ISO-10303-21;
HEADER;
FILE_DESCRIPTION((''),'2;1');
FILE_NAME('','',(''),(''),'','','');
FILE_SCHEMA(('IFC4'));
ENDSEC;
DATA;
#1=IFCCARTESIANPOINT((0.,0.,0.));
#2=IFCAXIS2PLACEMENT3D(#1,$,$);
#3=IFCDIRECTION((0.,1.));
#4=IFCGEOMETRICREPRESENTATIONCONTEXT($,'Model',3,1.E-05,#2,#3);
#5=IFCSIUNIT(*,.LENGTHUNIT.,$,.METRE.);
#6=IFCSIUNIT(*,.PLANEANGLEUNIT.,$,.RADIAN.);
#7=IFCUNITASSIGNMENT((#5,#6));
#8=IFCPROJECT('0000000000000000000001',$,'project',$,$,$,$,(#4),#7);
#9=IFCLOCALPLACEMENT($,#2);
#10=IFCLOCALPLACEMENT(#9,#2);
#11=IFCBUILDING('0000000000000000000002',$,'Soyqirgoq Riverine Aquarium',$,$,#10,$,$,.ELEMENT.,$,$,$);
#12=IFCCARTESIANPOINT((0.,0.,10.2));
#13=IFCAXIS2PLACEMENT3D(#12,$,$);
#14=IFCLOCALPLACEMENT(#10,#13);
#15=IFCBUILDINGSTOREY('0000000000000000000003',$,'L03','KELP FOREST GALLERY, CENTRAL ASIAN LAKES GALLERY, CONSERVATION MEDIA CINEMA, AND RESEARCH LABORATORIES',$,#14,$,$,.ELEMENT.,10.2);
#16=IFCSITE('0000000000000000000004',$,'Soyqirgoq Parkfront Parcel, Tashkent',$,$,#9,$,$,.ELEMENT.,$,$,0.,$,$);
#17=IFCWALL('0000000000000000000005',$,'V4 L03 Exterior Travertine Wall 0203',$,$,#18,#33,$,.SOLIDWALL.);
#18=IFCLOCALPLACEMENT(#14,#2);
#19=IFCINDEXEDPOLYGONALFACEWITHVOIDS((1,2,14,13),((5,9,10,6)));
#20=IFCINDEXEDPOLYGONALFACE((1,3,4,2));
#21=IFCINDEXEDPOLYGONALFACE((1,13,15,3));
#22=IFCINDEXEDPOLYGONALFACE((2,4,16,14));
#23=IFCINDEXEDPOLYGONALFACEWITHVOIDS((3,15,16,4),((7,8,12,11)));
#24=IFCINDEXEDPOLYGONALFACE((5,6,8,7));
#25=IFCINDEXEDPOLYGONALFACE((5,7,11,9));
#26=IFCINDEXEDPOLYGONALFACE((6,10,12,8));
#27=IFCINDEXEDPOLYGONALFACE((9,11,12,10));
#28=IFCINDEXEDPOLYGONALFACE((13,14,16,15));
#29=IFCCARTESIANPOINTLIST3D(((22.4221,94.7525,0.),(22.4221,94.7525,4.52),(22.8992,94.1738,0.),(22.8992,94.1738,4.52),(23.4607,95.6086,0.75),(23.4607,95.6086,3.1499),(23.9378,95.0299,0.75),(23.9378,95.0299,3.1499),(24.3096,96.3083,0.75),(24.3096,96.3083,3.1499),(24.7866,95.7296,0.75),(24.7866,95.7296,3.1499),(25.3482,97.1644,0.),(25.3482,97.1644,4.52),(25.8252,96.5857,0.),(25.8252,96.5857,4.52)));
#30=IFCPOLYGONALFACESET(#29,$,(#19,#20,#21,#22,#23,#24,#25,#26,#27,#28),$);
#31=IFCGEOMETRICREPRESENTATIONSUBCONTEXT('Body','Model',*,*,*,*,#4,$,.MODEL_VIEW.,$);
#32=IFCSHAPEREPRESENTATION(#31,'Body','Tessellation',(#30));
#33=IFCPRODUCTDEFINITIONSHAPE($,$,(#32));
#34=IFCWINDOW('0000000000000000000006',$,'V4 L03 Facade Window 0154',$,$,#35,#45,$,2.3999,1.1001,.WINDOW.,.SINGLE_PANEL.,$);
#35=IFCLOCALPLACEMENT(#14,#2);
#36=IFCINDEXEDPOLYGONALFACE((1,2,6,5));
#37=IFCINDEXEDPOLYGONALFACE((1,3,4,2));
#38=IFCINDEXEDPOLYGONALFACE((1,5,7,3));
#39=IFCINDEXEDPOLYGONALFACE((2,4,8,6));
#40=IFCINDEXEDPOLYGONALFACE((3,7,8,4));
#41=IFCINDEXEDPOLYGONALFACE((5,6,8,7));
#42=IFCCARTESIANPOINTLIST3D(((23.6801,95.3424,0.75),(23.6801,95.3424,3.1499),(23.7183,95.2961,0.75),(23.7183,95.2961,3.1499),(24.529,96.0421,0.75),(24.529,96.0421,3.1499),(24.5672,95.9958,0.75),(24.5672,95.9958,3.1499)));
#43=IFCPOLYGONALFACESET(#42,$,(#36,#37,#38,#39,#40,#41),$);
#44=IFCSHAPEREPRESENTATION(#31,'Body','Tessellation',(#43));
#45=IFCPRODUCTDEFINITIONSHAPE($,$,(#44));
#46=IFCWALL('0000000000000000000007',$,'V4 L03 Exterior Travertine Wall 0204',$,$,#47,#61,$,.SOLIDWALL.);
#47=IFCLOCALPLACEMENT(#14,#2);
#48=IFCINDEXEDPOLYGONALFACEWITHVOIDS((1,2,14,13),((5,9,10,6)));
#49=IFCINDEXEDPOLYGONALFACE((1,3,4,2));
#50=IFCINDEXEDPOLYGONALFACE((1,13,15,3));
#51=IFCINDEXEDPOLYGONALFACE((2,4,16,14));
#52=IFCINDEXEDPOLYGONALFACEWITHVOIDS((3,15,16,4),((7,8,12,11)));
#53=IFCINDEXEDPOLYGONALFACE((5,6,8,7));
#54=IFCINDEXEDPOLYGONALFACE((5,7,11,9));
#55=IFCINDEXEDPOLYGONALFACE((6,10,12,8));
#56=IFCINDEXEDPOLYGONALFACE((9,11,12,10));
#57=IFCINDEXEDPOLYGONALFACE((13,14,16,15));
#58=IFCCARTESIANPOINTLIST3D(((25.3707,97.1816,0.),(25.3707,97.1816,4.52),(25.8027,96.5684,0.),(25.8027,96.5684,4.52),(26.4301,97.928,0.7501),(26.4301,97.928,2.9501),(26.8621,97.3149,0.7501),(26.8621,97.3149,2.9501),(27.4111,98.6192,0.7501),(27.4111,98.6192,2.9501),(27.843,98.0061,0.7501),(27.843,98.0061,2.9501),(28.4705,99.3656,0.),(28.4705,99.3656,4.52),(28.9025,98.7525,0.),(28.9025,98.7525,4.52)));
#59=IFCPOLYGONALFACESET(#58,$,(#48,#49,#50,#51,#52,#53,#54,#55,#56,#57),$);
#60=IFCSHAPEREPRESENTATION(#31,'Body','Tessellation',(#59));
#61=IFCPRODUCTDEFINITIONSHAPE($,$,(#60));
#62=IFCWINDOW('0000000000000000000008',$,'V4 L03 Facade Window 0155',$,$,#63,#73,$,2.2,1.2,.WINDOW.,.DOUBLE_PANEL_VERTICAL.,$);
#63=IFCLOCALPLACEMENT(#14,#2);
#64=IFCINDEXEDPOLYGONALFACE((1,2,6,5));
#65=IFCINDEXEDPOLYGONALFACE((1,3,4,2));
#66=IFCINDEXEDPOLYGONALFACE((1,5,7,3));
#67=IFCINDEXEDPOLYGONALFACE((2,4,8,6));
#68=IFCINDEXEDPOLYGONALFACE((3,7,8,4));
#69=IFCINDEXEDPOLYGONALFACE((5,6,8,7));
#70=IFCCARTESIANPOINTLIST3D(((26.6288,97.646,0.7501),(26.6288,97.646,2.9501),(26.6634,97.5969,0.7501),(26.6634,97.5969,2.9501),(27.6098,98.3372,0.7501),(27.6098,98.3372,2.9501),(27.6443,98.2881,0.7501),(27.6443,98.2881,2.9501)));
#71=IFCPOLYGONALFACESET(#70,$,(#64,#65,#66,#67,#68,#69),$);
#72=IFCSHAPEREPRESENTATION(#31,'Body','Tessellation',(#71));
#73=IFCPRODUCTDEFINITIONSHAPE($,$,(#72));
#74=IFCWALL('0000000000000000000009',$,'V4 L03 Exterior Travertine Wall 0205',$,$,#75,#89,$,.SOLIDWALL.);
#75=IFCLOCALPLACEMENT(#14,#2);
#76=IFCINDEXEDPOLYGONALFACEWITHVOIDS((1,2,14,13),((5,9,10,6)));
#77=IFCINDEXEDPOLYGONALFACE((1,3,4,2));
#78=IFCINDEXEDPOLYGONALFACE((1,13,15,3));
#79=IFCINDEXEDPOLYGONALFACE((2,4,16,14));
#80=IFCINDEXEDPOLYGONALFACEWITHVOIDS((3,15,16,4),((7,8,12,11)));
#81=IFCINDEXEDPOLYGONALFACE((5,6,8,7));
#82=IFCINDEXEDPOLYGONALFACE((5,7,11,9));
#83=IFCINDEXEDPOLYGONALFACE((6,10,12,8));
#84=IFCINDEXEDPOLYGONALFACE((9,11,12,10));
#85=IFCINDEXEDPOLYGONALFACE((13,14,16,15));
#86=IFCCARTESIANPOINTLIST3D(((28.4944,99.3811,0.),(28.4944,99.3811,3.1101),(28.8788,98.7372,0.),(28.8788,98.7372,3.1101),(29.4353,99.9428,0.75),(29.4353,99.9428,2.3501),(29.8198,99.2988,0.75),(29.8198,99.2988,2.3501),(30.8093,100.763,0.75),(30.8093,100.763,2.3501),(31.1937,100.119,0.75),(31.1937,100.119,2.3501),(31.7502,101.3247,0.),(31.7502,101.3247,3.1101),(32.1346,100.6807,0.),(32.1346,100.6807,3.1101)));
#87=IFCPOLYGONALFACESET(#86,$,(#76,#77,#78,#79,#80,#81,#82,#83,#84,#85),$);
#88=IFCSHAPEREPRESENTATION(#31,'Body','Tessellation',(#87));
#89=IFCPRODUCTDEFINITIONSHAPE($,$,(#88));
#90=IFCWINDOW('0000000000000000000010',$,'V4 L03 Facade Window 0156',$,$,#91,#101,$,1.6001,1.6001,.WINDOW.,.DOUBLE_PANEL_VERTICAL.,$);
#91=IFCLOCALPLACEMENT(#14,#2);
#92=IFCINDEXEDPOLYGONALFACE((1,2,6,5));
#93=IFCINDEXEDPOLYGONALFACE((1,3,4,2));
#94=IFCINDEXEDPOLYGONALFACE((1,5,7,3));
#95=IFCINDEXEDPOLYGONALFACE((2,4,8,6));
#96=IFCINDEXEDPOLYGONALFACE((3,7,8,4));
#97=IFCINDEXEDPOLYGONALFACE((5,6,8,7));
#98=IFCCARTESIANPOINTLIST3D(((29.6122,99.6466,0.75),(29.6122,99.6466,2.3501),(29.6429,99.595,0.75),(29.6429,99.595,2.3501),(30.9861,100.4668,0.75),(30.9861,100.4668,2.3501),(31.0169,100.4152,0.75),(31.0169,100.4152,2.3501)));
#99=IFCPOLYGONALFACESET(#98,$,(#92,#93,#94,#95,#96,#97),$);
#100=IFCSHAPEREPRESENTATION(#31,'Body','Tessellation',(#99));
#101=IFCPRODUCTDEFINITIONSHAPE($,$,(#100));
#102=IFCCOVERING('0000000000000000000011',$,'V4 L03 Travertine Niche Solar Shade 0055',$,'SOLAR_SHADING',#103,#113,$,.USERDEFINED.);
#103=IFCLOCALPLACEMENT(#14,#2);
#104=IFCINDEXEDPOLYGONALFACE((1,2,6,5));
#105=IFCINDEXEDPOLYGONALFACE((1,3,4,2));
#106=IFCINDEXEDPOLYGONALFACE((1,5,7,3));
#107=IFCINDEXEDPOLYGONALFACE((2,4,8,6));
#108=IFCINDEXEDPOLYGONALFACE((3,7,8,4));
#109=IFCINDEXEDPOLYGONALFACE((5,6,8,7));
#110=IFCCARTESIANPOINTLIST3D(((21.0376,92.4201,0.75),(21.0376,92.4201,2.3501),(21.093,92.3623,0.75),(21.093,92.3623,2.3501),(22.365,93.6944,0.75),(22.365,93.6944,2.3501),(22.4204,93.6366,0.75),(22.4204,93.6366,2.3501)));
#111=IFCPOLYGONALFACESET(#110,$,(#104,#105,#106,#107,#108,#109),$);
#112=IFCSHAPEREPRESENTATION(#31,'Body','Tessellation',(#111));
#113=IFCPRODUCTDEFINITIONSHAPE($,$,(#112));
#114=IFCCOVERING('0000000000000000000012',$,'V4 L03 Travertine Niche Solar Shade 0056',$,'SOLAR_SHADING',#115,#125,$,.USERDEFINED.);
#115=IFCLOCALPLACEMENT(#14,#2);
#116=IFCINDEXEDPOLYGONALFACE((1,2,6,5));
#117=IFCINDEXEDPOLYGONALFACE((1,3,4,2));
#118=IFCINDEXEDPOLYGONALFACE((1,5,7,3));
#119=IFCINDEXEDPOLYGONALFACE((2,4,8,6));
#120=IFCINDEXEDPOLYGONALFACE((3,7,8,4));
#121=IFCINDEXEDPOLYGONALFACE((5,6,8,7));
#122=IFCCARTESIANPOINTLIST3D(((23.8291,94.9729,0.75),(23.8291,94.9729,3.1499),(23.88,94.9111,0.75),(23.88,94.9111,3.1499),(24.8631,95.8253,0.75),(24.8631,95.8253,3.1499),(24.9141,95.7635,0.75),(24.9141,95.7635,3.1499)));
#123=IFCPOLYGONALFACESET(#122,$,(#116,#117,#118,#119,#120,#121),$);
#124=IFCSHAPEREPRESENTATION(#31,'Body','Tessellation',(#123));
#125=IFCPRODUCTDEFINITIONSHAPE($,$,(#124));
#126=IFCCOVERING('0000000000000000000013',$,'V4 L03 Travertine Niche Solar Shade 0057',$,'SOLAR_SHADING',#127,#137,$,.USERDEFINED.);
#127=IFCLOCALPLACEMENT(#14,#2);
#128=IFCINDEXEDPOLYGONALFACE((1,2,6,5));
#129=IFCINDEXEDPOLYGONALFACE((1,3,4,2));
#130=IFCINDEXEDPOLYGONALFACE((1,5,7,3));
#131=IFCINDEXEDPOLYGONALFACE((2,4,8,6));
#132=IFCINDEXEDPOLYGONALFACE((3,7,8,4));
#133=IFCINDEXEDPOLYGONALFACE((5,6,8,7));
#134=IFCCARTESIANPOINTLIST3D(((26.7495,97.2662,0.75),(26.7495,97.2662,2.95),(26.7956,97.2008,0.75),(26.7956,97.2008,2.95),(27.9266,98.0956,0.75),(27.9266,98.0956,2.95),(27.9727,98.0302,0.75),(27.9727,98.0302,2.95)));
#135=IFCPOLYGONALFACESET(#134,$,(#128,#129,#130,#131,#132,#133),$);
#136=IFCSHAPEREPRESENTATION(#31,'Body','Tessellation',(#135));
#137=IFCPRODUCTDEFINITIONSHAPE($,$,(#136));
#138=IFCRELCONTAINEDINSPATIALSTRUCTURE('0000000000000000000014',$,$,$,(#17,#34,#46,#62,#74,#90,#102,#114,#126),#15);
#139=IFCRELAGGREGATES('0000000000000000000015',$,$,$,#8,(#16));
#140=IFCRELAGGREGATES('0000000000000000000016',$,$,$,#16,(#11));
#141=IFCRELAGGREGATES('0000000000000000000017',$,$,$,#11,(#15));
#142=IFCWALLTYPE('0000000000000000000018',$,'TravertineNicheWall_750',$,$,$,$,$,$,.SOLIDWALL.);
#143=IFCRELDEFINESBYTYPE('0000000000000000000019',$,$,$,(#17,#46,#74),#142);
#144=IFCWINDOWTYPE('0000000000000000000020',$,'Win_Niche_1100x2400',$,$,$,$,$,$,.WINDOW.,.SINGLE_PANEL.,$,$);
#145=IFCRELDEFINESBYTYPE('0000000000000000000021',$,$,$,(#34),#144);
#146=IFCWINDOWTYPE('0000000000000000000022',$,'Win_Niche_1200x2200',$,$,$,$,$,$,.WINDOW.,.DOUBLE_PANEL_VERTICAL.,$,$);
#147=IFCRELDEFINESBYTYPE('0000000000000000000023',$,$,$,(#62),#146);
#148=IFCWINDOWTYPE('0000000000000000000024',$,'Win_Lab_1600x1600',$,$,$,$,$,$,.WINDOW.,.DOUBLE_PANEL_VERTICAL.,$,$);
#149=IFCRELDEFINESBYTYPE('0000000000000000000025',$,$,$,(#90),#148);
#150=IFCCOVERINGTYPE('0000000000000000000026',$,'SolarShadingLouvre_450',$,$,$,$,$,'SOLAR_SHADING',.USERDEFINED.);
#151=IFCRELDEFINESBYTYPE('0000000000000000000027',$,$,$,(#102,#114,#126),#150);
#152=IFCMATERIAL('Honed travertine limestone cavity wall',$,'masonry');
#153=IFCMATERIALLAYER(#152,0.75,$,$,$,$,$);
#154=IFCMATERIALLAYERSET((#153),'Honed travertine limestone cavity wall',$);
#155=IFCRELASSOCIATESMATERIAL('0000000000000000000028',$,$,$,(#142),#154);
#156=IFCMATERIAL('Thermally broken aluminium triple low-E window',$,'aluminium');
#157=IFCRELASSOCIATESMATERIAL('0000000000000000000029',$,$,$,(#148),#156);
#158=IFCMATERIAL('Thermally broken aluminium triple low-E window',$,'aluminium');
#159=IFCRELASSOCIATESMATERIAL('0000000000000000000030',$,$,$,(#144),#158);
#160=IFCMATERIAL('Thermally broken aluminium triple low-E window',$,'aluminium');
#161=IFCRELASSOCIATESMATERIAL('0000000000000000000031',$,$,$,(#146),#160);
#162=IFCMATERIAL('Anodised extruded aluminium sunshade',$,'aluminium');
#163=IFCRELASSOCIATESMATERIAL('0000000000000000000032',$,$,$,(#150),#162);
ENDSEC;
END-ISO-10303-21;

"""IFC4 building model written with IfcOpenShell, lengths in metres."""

from ifc_helpers import new_model, si_unit, direction, frame, frame_2d, origin, origin_2d, place, context, subcontext, project, spatial, rectangle, extrude, material, layer, layer_set, type_object, element, fill, save


model = new_model("IFC4")

# Units and contexts
model_context = context("Model", 3, precision=1e-05, world=origin(), true_north=direction((0.0, 1.0)))
body_context = subcontext(model_context, "Body", "Model", "MODEL_VIEW")
ifc_project = project(units=[si_unit("LENGTHUNIT", "METRE"), si_unit("PLANEANGLEUNIT", "RADIAN")], contexts=[model_context])

# Site, building, storey
site_placement = place(None, origin())
site = spatial("IfcSite", under=ifc_project, at=site_placement, Name="Soyqirgoq Parkfront Parcel, Tashkent", CompositionType="ELEMENT", RefElevation=0.0)
building_placement = place(site_placement, origin())
building = spatial("IfcBuilding", under=site, at=building_placement, Name="Soyqirgoq Riverine Aquarium", CompositionType="ELEMENT")
storey_placement = place(building_placement, frame((0.0, 0.0, 10.2)))
storey = spatial("IfcBuildingStorey", under=building, at=storey_placement, Name="L03", Description="KELP FOREST GALLERY, CENTRAL ASIAN LAKES GALLERY, CONSERVATION MEDIA CINEMA, AND RESEARCH LABORATORIES", CompositionType="ELEMENT", Elevation=10.2)

# Walls, openings, windows
ifc_material_1 = material(Name="Honed travertine limestone cavity wall", Category="masonry")
ifc_layer = layer(ifc_material_1, 0.75)
ifc_layer_set = layer_set([ifc_layer], Name="Honed travertine limestone cavity wall")
wall_type = type_object("IfcWallType", Name="TravertineNicheWall_750", PredefinedType="SOLIDWALL", material=ifc_layer_set)
ifc_material_2 = material(Name="Thermally broken aluminium triple low-E window", Category="aluminium")
window_type_1 = type_object("IfcWindowType", Name="Win_Lab_1600x1600", PartitioningType="DOUBLE_PANEL_VERTICAL", PredefinedType="WINDOW", material=ifc_material_2)
wall_1_placement = place(storey_placement, frame((22.6606, 94.4631, 0.0), z_axis=(0.0, 0.0, 1.0), x_axis=(0.771646, 0.636052, 0.0)))
wall_1 = element("IfcWall", 1, at=wall_1_placement, inside=storey, type_object=wall_type, Name="V4 L03 Exterior Travertine Wall 0203", PredefinedType="SOLIDWALL", context=body_context, shape_type="SweptSolid", body=[
    extrude(rectangle(XDim=3.792, YDim=0.75, at=frame_2d((1.896, 0.0))), origin(), (0.0, 0.0, 1.0), 4.52),
])
opening_1_placement = place(wall_1_placement, frame((1.3459, 0.0, 0.75)))
opening_1 = element("IfcOpeningElement", 2, at=opening_1_placement, cuts=wall_1, PredefinedType="OPENING", context=body_context, shape_type="SweptSolid", body=[
    extrude(rectangle(XDim=1.1001, YDim=2.3999, at=frame_2d((0.55, 1.2))), frame((0.0, 0.385, 0.0), z_axis=(0.0, -1.0, 0.0), x_axis=(1.0, 0.0, 0.0)), (0.0, 0.0, 1.0), 0.77),
])
ifc_material_3 = material(Name="Thermally broken aluminium triple low-E window", Category="aluminium")
window_type_2 = type_object("IfcWindowType", Name="Win_Niche_1100x2400", PartitioningType="SINGLE_PANEL", PredefinedType="WINDOW", material=ifc_material_3)
window_1_placement = place(opening_1_placement, origin())
window_1 = element("IfcWindow", 3, at=window_1_placement, inside=storey, type_object=window_type_2, Name="V4 L03 Facade Window 0154", OverallHeight=2.3999, OverallWidth=1.1001, PartitioningType="SINGLE_PANEL", PredefinedType="WINDOW", context=body_context, shape_type="SweptSolid", body=[
    extrude(rectangle(XDim=1.1001, YDim=2.3999, at=frame_2d((0.55, 1.2))), frame((0.0, 0.03, 0.0), z_axis=(0.0, -1.0, 0.0), x_axis=(1.0, 0.0, 0.0)), (0.0, 0.0, 1.0), 0.0601),
])
fill(opening_1, window_1)
wall_2_placement = place(storey_placement, frame((25.5867, 96.875, 0.0), z_axis=(0.0, 0.0, 1.0), x_axis=(0.817471, 0.57597, 0.0)))
wall_2 = element("IfcWall", 4, at=wall_2_placement, inside=storey, type_object=wall_type, Name="V4 L03 Exterior Travertine Wall 0204", PredefinedType="SOLIDWALL", context=body_context, shape_type="SweptSolid", body=[
    extrude(rectangle(XDim=3.792, YDim=0.75, at=frame_2d((1.896, 0.0))), origin(), (0.0, 0.0, 1.0), 4.52),
])
opening_2_placement = place(wall_2_placement, frame((1.2959, 0.0, 0.75)))
opening_2 = element("IfcOpeningElement", 5, at=opening_2_placement, cuts=wall_2, PredefinedType="OPENING", context=body_context, shape_type="SweptSolid", body=[
    extrude(rectangle(XDim=1.2, YDim=2.2, at=frame_2d((0.6001, 1.1001))), frame((0.0, 0.385, 0.0), z_axis=(0.0, -1.0, 0.0), x_axis=(1.0, 0.0, 0.0)), (0.0, 0.0, 1.0), 0.77),
])
ifc_material_4 = material(Name="Thermally broken aluminium triple low-E window", Category="aluminium")
window_type_3 = type_object("IfcWindowType", Name="Win_Niche_1200x2200", PartitioningType="DOUBLE_PANEL_VERTICAL", PredefinedType="WINDOW", material=ifc_material_4)
window_2_placement = place(opening_2_placement, origin())
window_2 = element("IfcWindow", 6, at=window_2_placement, inside=storey, type_object=window_type_3, Name="V4 L03 Facade Window 0155", OverallHeight=2.2, OverallWidth=1.2, PartitioningType="DOUBLE_PANEL_VERTICAL", PredefinedType="WINDOW", context=body_context, shape_type="SweptSolid", body=[
    extrude(rectangle(XDim=1.2, YDim=2.2, at=frame_2d((0.6001, 1.1001))), frame((0.0, 0.03, 0.0), z_axis=(0.0, -1.0, 0.0), x_axis=(1.0, 0.0, 0.0)), (0.0, 0.0, 1.0), 0.0601),
])
fill(opening_2, window_2)
wall_3_placement = place(storey_placement, frame((28.6865, 99.0591, 0.0), z_axis=(0.0, 0.0, 1.0), x_axis=(0.858644, 0.512572, 0.0)))
wall_3 = element("IfcWall", 7, at=wall_3_placement, inside=storey, type_object=wall_type, Name="V4 L03 Exterior Travertine Wall 0205", PredefinedType="SOLIDWALL", context=body_context, shape_type="SweptSolid", body=[
    extrude(rectangle(XDim=3.7917, YDim=0.75, at=frame_2d((1.896, 0.0))), origin(), (0.0, 0.0, 1.0), 3.1101),
])
opening_3_placement = place(wall_3_placement, frame((1.0959, 0.0, 0.75)))
opening_3 = element("IfcOpeningElement", 8, at=opening_3_placement, cuts=wall_3, PredefinedType="OPENING", context=body_context, shape_type="SweptSolid", body=[
    extrude(rectangle(XDim=1.6001, YDim=1.6001, at=frame_2d((0.8, 0.8))), frame((0.0, 0.385, 0.0), z_axis=(0.0, -1.0, 0.0), x_axis=(1.0, 0.0, 0.0)), (0.0, 0.0, 1.0), 0.77),
])
window_3_placement = place(opening_3_placement, origin())
window_3 = element("IfcWindow", 9, at=window_3_placement, inside=storey, type_object=window_type_1, Name="V4 L03 Facade Window 0156", OverallHeight=1.6001, OverallWidth=1.6001, PartitioningType="DOUBLE_PANEL_VERTICAL", PredefinedType="WINDOW", context=body_context, shape_type="SweptSolid", body=[
    extrude(rectangle(XDim=1.6001, YDim=1.6001, at=frame_2d((0.8, 0.8))), frame((0.0, 0.03, 0.0), z_axis=(0.0, -1.0, 0.0), x_axis=(1.0, 0.0, 0.0)), (0.0, 0.0, 1.0), 0.0601),
])
fill(opening_3, window_3)

# Coverings
ifc_material_5 = material(Name="Anodised extruded aluminium sunshade", Category="aluminium")
covering_type_1 = type_object("IfcCoveringType", Name="SolarShadingLouvre_450", ElementType="SOLAR_SHADING", PredefinedType="USERDEFINED", material=ifc_material_5)
covering_1_placement = place(storey_placement, frame((21.729, 93.0283, 0.75), z_axis=(0.0, 0.0, 1.0), x_axis=(0.721398, 0.692521, 0.0)))
element("IfcCovering", 10, at=covering_1_placement, inside=storey, type_object=covering_type_1, Name="V4 L03 Travertine Niche Solar Shade 0055", ObjectType="SOLAR_SHADING", PredefinedType="USERDEFINED", context=body_context, shape_type="SweptSolid", body=[
    extrude(rectangle(XDim=1.8401, YDim=0.0801, at=origin_2d()), origin(), (0.0, 0.0, 1.0), 1.6001),
])
covering_2_placement = place(storey_placement, frame((24.3716, 95.3682, 0.75), z_axis=(0.0, 0.0, 1.0), x_axis=(0.771625, 0.636078, 0.0)))
element("IfcCovering", 11, at=covering_2_placement, inside=storey, type_object=covering_type_1, Name="V4 L03 Travertine Niche Solar Shade 0056", ObjectType="SOLAR_SHADING", PredefinedType="USERDEFINED", context=body_context, shape_type="SweptSolid", body=[
    extrude(rectangle(XDim=1.3401, YDim=0.0801, at=origin_2d()), origin(), (0.0, 0.0, 1.0), 2.3999),
])
covering_3_placement = place(storey_placement, frame((27.3611, 97.6482, 0.75), z_axis=(0.0, 0.0, 1.0), x_axis=(0.817447, 0.576004, 0.0)))
element("IfcCovering", 12, at=covering_3_placement, inside=storey, type_object=covering_type_1, Name="V4 L03 Travertine Niche Solar Shade 0057", ObjectType="SOLAR_SHADING", PredefinedType="USERDEFINED", context=body_context, shape_type="SweptSolid", body=[
    extrude(rectangle(XDim=1.4399, YDim=0.0801, at=origin_2d()), origin(), (0.0, 0.0, 1.0), 2.2),
])

save(model, "model.ifc")
